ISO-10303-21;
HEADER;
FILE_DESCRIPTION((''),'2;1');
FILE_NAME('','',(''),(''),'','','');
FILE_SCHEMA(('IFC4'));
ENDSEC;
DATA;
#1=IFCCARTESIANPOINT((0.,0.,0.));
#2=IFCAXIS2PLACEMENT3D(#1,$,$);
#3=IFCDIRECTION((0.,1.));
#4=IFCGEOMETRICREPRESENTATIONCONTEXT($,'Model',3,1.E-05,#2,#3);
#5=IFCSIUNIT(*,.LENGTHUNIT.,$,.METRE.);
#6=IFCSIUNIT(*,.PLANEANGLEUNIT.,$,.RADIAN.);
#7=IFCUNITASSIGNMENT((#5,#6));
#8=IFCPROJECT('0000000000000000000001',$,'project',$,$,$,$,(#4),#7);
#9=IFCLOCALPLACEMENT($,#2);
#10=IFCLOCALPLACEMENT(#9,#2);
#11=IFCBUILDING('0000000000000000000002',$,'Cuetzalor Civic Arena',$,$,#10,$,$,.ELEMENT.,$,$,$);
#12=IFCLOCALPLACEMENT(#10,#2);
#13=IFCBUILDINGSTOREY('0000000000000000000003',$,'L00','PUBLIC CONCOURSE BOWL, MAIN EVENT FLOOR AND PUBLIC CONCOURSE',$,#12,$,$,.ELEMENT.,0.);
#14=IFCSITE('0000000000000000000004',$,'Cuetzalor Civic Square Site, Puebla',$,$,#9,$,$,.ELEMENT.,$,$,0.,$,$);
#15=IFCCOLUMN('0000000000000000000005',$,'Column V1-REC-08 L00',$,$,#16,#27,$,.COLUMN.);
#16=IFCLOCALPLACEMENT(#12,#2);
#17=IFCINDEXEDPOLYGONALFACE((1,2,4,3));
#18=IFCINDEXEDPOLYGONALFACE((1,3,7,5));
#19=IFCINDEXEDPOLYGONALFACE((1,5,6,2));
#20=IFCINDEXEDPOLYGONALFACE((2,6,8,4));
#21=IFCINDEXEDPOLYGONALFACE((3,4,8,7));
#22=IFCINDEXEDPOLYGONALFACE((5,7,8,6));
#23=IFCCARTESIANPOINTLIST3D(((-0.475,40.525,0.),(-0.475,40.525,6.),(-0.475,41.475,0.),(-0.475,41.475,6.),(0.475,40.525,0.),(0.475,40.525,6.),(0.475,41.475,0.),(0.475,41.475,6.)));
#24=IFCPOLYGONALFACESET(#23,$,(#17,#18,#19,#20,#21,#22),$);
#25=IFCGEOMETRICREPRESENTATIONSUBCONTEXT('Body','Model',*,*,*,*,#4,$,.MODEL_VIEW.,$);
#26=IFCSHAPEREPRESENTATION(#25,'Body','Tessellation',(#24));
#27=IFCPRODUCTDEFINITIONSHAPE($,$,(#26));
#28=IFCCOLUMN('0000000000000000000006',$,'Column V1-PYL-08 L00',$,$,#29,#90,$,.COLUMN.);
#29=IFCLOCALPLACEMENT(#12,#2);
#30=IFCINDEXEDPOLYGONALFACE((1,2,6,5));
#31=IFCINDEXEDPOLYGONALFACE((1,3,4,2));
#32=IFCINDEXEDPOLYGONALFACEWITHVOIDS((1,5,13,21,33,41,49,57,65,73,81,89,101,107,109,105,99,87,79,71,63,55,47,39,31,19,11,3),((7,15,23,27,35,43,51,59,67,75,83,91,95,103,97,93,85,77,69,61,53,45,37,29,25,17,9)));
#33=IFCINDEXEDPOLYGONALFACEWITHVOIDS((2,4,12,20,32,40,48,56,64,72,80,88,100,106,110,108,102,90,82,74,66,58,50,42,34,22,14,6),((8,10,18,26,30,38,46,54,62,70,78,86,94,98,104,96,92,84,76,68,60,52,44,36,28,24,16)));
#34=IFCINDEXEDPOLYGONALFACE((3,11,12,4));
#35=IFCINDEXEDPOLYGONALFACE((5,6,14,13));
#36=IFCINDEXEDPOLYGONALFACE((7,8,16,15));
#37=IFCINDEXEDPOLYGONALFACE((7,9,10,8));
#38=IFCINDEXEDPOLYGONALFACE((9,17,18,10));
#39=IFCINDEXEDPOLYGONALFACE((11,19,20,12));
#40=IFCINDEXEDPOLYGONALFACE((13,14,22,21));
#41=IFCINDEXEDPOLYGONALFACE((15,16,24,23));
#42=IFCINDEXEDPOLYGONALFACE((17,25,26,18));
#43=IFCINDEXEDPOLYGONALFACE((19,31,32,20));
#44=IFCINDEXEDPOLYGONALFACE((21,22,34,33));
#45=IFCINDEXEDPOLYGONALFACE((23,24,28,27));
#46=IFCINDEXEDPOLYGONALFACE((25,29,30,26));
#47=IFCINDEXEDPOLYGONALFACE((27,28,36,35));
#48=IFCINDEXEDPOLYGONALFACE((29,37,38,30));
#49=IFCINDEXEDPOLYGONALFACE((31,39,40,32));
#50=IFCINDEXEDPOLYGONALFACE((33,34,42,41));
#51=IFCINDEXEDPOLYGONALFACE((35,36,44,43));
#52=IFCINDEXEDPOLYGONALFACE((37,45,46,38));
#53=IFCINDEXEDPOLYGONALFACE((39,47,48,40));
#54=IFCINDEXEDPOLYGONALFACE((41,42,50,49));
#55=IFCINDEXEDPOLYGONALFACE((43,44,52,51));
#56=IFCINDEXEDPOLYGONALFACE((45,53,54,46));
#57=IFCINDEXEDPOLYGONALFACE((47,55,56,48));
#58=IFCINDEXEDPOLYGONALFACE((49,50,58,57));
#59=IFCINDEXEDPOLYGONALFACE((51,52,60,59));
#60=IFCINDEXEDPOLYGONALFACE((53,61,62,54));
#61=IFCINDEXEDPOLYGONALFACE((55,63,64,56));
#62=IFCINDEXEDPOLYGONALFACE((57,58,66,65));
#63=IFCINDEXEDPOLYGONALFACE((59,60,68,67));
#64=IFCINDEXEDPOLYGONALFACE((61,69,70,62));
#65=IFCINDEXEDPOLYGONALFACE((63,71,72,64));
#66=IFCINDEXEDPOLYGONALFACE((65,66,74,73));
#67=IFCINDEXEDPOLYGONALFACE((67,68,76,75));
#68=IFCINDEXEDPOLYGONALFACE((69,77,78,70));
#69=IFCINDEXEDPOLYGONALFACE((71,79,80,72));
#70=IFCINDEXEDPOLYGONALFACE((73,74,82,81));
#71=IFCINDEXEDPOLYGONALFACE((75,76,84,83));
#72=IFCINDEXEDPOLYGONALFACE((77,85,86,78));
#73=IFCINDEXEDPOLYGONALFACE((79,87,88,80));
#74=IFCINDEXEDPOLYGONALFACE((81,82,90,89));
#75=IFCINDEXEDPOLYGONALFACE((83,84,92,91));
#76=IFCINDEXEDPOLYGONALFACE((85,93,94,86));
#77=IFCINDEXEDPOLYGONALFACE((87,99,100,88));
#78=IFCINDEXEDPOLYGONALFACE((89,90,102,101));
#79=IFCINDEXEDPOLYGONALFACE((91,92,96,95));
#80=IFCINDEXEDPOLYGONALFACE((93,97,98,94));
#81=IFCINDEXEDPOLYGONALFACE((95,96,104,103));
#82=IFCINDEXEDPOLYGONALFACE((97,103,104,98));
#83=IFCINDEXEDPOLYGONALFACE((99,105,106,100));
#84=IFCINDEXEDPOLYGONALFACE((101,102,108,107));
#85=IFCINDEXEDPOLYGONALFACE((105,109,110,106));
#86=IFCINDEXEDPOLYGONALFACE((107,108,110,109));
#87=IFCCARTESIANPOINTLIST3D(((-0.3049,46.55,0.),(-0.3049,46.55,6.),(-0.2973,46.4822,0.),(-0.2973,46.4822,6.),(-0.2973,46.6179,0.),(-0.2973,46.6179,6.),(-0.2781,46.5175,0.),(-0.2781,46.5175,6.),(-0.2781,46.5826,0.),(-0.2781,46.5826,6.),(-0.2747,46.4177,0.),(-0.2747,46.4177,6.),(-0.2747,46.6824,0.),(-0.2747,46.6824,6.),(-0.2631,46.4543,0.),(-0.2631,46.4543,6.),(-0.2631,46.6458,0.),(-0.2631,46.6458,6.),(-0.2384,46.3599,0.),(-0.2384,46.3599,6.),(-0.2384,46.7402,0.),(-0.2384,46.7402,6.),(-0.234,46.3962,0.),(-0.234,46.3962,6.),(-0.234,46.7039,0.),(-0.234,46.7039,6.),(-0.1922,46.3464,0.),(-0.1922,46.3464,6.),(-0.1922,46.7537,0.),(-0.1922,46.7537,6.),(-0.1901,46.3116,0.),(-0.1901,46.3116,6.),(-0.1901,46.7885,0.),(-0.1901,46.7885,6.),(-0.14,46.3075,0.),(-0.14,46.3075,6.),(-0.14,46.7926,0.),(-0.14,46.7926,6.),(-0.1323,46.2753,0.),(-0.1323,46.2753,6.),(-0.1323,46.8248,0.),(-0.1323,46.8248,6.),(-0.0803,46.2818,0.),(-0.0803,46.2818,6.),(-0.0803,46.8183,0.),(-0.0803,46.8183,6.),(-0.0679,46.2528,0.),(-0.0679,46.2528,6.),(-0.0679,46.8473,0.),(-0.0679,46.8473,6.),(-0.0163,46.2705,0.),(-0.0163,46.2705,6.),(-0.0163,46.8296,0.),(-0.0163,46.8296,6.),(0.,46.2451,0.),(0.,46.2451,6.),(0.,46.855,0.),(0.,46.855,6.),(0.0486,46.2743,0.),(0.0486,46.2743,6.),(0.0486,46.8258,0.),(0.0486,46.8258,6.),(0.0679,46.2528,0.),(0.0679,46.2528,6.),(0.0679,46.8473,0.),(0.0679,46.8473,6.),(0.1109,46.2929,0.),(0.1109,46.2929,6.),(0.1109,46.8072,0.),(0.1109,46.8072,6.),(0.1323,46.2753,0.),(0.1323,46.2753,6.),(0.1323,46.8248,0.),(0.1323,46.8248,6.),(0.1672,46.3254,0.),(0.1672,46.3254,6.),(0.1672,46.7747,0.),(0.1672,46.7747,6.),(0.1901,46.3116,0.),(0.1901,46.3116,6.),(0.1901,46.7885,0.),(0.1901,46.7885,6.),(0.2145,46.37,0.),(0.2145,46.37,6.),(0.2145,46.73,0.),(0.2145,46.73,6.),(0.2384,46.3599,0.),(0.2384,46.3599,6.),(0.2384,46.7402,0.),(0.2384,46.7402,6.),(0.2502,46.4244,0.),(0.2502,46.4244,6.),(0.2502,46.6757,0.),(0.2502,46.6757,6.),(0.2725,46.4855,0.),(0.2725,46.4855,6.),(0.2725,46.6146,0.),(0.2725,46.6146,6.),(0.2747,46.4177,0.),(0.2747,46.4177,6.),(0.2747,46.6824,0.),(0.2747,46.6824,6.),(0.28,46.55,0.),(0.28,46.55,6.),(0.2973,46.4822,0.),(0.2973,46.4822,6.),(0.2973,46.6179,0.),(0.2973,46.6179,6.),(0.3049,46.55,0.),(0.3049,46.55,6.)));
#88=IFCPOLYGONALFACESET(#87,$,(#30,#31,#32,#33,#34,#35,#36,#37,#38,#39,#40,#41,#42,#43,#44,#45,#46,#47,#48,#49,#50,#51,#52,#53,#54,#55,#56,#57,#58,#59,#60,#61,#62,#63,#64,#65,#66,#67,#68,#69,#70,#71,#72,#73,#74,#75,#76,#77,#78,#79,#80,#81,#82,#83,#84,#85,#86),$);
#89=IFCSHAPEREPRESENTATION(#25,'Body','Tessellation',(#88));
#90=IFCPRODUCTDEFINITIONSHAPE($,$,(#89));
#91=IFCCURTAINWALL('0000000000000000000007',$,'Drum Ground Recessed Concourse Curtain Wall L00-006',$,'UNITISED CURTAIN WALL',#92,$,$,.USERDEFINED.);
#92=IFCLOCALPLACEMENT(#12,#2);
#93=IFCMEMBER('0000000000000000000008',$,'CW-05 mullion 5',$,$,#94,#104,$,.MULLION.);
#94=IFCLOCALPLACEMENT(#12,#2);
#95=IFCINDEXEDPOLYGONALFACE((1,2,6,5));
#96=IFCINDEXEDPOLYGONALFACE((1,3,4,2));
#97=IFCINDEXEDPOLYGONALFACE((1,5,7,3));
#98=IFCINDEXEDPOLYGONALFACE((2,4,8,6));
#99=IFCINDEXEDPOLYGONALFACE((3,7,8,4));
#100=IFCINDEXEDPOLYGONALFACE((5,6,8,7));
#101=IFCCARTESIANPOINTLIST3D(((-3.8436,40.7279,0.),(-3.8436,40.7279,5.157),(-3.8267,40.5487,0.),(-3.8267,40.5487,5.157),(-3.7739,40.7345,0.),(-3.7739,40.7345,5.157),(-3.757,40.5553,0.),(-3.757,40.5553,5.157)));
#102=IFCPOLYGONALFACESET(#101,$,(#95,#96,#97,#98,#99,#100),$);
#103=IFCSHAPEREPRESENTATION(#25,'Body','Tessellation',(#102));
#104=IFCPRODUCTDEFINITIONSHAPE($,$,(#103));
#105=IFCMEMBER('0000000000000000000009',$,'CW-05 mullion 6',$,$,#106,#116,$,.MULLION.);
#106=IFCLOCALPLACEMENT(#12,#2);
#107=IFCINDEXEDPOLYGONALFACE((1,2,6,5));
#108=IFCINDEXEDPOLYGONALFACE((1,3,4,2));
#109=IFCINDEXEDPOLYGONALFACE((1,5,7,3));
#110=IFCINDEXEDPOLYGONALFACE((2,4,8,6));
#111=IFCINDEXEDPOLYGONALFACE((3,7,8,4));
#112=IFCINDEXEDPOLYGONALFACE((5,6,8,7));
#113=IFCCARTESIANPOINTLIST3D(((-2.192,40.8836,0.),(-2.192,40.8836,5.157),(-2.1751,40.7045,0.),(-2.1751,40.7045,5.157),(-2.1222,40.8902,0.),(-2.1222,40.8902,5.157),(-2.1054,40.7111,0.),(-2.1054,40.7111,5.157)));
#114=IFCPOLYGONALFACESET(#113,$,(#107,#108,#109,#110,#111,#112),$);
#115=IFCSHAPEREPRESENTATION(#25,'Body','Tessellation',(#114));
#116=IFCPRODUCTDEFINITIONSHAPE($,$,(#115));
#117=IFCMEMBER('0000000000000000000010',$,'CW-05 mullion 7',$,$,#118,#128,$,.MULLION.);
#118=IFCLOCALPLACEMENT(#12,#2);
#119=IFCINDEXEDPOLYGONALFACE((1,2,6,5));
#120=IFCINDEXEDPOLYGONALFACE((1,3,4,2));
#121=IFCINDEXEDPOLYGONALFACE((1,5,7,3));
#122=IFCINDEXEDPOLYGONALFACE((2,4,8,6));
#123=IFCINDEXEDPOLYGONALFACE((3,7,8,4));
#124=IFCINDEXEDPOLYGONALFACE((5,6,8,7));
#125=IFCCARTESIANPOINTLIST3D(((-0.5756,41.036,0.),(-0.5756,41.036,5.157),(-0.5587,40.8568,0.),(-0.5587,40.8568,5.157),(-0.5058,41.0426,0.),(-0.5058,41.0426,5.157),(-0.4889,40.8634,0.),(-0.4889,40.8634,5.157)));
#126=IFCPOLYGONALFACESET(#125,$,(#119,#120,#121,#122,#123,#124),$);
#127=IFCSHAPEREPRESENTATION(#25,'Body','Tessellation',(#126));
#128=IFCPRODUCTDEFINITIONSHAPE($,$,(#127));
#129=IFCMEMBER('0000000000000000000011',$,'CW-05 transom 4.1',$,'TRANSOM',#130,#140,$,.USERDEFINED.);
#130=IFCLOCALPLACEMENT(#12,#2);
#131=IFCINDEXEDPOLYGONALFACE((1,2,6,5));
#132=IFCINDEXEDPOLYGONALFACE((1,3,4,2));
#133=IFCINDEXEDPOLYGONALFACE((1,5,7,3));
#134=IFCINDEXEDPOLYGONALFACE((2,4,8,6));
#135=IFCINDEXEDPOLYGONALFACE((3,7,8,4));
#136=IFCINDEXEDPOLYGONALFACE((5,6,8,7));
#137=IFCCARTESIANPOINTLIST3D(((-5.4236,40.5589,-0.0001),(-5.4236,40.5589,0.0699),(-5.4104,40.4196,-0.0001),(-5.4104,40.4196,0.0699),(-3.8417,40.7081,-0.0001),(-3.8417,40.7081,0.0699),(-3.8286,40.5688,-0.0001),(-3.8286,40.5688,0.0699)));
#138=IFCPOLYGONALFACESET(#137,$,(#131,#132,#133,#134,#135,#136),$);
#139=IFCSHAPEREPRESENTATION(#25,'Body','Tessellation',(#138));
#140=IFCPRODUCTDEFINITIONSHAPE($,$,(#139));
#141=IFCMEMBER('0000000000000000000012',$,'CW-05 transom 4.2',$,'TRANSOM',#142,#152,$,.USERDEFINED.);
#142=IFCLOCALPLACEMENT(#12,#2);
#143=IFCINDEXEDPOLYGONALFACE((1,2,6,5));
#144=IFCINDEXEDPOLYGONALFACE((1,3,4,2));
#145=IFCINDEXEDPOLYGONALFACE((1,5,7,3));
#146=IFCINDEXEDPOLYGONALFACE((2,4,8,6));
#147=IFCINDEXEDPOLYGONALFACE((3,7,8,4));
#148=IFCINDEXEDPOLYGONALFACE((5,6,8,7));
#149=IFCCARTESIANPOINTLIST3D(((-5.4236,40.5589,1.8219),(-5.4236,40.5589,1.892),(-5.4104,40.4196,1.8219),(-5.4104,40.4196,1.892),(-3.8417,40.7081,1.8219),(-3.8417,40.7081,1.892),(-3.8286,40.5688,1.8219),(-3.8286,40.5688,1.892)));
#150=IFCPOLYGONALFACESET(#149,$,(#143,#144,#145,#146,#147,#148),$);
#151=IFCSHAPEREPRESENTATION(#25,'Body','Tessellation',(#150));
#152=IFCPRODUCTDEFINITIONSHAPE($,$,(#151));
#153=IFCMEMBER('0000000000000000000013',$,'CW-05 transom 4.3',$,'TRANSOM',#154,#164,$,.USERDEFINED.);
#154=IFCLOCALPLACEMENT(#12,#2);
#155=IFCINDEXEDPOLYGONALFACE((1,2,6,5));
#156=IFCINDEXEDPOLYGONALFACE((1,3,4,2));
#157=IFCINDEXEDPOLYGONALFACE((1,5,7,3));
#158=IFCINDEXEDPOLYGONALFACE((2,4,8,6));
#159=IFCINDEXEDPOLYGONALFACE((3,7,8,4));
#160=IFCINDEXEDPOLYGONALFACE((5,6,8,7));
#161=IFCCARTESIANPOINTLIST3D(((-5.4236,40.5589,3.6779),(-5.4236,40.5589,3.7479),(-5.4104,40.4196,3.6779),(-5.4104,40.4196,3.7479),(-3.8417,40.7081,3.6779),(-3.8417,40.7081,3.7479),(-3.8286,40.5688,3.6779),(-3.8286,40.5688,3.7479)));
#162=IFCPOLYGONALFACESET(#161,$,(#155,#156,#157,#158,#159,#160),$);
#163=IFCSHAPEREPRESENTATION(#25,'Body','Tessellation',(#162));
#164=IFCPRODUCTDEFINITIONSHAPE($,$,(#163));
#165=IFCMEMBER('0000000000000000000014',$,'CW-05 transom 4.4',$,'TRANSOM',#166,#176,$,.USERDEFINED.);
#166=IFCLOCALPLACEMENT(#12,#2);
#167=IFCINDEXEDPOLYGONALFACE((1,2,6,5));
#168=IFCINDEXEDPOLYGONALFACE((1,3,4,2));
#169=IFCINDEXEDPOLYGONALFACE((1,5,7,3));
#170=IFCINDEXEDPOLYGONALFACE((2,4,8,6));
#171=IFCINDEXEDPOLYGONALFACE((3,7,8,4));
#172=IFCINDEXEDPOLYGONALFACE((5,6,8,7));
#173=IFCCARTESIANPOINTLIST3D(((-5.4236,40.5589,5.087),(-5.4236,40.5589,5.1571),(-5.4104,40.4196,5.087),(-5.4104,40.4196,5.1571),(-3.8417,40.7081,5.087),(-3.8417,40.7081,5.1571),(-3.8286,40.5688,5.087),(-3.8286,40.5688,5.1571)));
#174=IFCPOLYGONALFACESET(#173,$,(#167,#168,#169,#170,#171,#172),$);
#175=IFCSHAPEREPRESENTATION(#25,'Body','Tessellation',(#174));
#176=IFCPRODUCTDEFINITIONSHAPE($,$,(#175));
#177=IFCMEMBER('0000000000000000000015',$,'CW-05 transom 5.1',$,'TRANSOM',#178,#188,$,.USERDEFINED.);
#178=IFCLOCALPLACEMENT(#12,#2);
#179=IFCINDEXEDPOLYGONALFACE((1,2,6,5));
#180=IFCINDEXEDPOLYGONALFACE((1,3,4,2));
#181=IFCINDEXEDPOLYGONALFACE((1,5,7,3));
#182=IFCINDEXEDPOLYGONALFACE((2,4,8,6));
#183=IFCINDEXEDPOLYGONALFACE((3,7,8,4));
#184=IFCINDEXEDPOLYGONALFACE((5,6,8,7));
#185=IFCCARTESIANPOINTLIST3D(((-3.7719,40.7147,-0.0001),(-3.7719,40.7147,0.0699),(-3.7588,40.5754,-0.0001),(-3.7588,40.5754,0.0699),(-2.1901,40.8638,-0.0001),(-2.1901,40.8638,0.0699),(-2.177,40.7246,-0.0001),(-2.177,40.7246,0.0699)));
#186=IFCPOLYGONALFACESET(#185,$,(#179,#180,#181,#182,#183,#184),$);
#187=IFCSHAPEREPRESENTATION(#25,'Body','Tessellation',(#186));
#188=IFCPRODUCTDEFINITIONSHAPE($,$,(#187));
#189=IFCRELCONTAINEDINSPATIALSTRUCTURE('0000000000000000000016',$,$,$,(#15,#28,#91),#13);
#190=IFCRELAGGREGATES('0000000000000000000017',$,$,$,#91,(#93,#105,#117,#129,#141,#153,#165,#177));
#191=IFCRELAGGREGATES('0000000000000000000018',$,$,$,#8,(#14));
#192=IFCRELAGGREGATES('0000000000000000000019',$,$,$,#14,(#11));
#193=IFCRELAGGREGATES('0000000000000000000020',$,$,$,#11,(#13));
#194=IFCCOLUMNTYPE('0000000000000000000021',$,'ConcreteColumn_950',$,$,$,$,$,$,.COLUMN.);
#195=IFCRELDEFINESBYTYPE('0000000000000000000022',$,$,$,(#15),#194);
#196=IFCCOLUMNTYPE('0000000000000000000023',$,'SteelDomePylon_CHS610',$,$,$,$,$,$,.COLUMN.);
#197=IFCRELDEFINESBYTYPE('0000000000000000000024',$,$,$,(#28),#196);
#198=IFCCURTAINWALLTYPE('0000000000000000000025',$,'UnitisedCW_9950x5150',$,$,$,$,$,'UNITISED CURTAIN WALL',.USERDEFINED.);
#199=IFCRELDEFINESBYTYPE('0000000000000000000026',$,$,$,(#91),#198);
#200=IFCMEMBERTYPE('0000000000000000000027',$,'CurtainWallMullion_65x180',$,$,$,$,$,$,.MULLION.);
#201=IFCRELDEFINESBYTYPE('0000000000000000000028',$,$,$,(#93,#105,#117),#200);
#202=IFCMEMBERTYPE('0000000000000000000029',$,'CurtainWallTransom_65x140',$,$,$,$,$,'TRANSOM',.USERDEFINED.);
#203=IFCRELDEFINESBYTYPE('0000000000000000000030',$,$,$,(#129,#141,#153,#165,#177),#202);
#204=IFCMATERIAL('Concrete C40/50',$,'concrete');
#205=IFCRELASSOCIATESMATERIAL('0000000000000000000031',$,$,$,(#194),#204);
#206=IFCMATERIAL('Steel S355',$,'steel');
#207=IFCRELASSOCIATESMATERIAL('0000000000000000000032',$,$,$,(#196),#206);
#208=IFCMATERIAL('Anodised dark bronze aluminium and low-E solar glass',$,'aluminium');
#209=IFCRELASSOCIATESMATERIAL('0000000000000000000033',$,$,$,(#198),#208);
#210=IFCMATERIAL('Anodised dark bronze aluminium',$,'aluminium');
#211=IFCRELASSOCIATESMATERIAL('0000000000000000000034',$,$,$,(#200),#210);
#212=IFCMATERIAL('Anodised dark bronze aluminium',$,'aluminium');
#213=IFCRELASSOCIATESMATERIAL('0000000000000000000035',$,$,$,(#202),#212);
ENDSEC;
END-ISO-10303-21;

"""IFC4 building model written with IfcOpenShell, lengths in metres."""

from ifc_helpers import new_model, si_unit, direction, frame, origin, origin_2d, place, context, subcontext, project, spatial, rectangle, hollow_circle, extrude, material, material_profile, profile_set, type_object, element, aggregate, save


model = new_model("IFC4")

# Units and contexts
model_context = context("Model", 3, precision=1e-05, world=origin(), true_north=direction((0.0, 1.0)))
body_context = subcontext(model_context, "Body", "Model", "MODEL_VIEW")
ifc_project = project(units=[si_unit("LENGTHUNIT", "METRE"), si_unit("PLANEANGLEUNIT", "RADIAN")], contexts=[model_context])

# Site, building, storey
site_placement = place(None, origin())
site = spatial("IfcSite", under=ifc_project, at=site_placement, Name="Cuetzalor Civic Square Site, Puebla", CompositionType="ELEMENT", RefElevation=0.0)
building_placement = place(site_placement, origin())
building = spatial("IfcBuilding", under=site, at=building_placement, Name="Cuetzalor Civic Arena", CompositionType="ELEMENT")
storey_placement = place(building_placement, origin())
storey = spatial("IfcBuildingStorey", under=building, at=storey_placement, Name="L00", Description="PUBLIC CONCOURSE BOWL, MAIN EVENT FLOOR AND PUBLIC CONCOURSE", CompositionType="ELEMENT", Elevation=0.0)

# Columns
ifc_material_1 = material(Name="Concrete C40/50", Category="concrete")
ifc_material_profile_1 = material_profile(ifc_material_1, rectangle(XDim=0.95, YDim=0.95, at=origin_2d()), Name="RC 950x950")
ifc_profile_set_1 = profile_set([ifc_material_profile_1], Name="Concrete C40/50")
column_type_1 = type_object("IfcColumnType", Name="ConcreteColumn_950", PredefinedType="COLUMN", material=ifc_profile_set_1)
column_1_placement = place(storey_placement, frame((0.0, 41.0, 0.0), z_axis=(0.0, 0.0, 1.0), x_axis=(1.0, 0.0, 0.0)))
element("IfcColumn", 1, at=column_1_placement, inside=storey, type_object=column_type_1, Name="Column V1-REC-08 L00", PredefinedType="COLUMN", context=body_context, shape_type="SweptSolid", body=[
    extrude(rectangle(XDim=0.95, YDim=0.95, at=origin_2d()), origin(), (0.0, 0.0, 1.0), 6.0),
])
ifc_material_2 = material(Name="Steel S355", Category="steel")
ifc_material_profile_2 = material_profile(ifc_material_2, hollow_circle(Radius=0.3049, WallThickness=0.0249, at=origin_2d()), Name="CHS 610x25")
ifc_profile_set_2 = profile_set([ifc_material_profile_2], Name="Steel S355")
column_type_2 = type_object("IfcColumnType", Name="SteelDomePylon_CHS610", PredefinedType="COLUMN", material=ifc_profile_set_2)
column_2_placement = place(storey_placement, frame((0.0, 46.55, 0.0), z_axis=(0.0, 0.0, 1.0), x_axis=(1.0, 0.0, 0.0)))
element("IfcColumn", 2, at=column_2_placement, inside=storey, type_object=column_type_2, Name="Column V1-PYL-08 L00", PredefinedType="COLUMN", context=body_context, shape_type="SweptSolid", body=[
    extrude(hollow_circle(Radius=0.3049, WallThickness=0.0249, at=origin_2d()), origin(), (0.0, 0.0, 1.0), 6.0),
])

# Curtain wall, members
ifc_material_3 = material(Name="Anodised dark bronze aluminium and low-E solar glass", Category="aluminium")
curtain_wall_type = type_object("IfcCurtainWallType", Name="UnitisedCW_9950x5150", ElementType="UNITISED CURTAIN WALL", PredefinedType="USERDEFINED", material=ifc_material_3)
curtain_wall_placement = place(storey_placement, origin())
curtain_wall = element("IfcCurtainWall", 3, at=curtain_wall_placement, inside=storey, type_object=curtain_wall_type, Name="Drum Ground Recessed Concourse Curtain Wall L00-006", ObjectType="UNITISED CURTAIN WALL", PredefinedType="USERDEFINED")
ifc_material_4 = material(Name="Anodised dark bronze aluminium", Category="aluminium")
ifc_material_profile_3 = material_profile(ifc_material_4, rectangle(XDim=0.0701, YDim=0.1799, at=origin_2d()), Name="ALU MULLION 70x180")
ifc_profile_set_3 = profile_set([ifc_material_profile_3], Name="Anodised dark bronze aluminium")
member_type_1 = type_object("IfcMemberType", Name="CurtainWallMullion_65x180", PredefinedType="MULLION", material=ifc_profile_set_3)
member_1_placement = place(storey_placement, frame((-3.8003, 40.6416, 0.0), z_axis=(0.0, 0.0, 1.0), x_axis=(0.995585, 0.093863, 0.0)))
member_1 = element("IfcMember", 4, at=member_1_placement, type_object=member_type_1, Name="CW-05 mullion 5", PredefinedType="MULLION", context=body_context, shape_type="SweptSolid", body=[
    extrude(rectangle(XDim=0.0701, YDim=0.1799, at=origin_2d()), origin(), (0.0, 0.0, 1.0), 5.157),
])
member_2_placement = place(storey_placement, frame((-2.1487, 40.7974, 0.0), z_axis=(0.0, 0.0, 1.0), x_axis=(0.995585, 0.093863, 0.0)))
member_2 = element("IfcMember", 5, at=member_2_placement, type_object=member_type_1, Name="CW-05 mullion 6", PredefinedType="MULLION", context=body_context, shape_type="SweptSolid", body=[
    extrude(rectangle(XDim=0.0701, YDim=0.1799, at=origin_2d()), origin(), (0.0, 0.0, 1.0), 5.157),
])
member_3_placement = place(storey_placement, frame((-0.5322, 40.9497, 0.0), z_axis=(0.0, 0.0, 1.0), x_axis=(0.995585, 0.093863, 0.0)))
member_3 = element("IfcMember", 6, at=member_3_placement, type_object=member_type_1, Name="CW-05 mullion 7", PredefinedType="MULLION", context=body_context, shape_type="SweptSolid", body=[
    extrude(rectangle(XDim=0.0701, YDim=0.1799, at=origin_2d()), origin(), (0.0, 0.0, 1.0), 5.157),
])
ifc_material_5 = material(Name="Anodised dark bronze aluminium", Category="aluminium")
ifc_material_profile_4 = material_profile(ifc_material_5, rectangle(XDim=0.1399, YDim=0.0701, at=origin_2d()), Name="ALU TRANSOM 70x140")
ifc_profile_set_4 = profile_set([ifc_material_profile_4], Name="Anodised dark bronze aluminium")
member_type_2 = type_object("IfcMemberType", Name="CurtainWallTransom_65x140", ElementType="TRANSOM", PredefinedType="USERDEFINED", material=ifc_profile_set_4)
member_4_placement = place(storey_placement, frame((-5.417, 40.4893, 0.0349), z_axis=(0.995583, 0.093888, 0.0), x_axis=(-0.093888, 0.995583, 0.0)))
member_4 = element("IfcMember", 7, at=member_4_placement, type_object=member_type_2, Name="CW-05 transom 4.1", ObjectType="TRANSOM", PredefinedType="USERDEFINED", context=body_context, shape_type="SweptSolid", body=[
    extrude(rectangle(XDim=0.1399, YDim=0.0701, at=origin_2d()), origin(), (0.0, 0.0, 1.0), 1.5889),
])
member_5_placement = place(storey_placement, frame((-5.417, 40.4893, 1.8569), z_axis=(0.995583, 0.093888, 0.0), x_axis=(-0.093888, 0.995583, 0.0)))
member_5 = element("IfcMember", 8, at=member_5_placement, type_object=member_type_2, Name="CW-05 transom 4.2", ObjectType="TRANSOM", PredefinedType="USERDEFINED", context=body_context, shape_type="SweptSolid", body=[
    extrude(rectangle(XDim=0.1399, YDim=0.0701, at=origin_2d()), origin(), (0.0, 0.0, 1.0), 1.5889),
])
member_6_placement = place(storey_placement, frame((-5.417, 40.4893, 3.7129), z_axis=(0.995583, 0.093888, 0.0), x_axis=(-0.093888, 0.995583, 0.0)))
member_6 = element("IfcMember", 9, at=member_6_placement, type_object=member_type_2, Name="CW-05 transom 4.3", ObjectType="TRANSOM", PredefinedType="USERDEFINED", context=body_context, shape_type="SweptSolid", body=[
    extrude(rectangle(XDim=0.1399, YDim=0.0701, at=origin_2d()), origin(), (0.0, 0.0, 1.0), 1.5889),
])
member_7_placement = place(storey_placement, frame((-5.417, 40.4893, 5.1221), z_axis=(0.995583, 0.093888, 0.0), x_axis=(-0.093888, 0.995583, 0.0)))
member_7 = element("IfcMember", 10, at=member_7_placement, type_object=member_type_2, Name="CW-05 transom 4.4", ObjectType="TRANSOM", PredefinedType="USERDEFINED", context=body_context, shape_type="SweptSolid", body=[
    extrude(rectangle(XDim=0.1399, YDim=0.0701, at=origin_2d()), origin(), (0.0, 0.0, 1.0), 1.5889),
])
member_8_placement = place(storey_placement, frame((-3.7654, 40.645, 0.0349), z_axis=(0.995583, 0.093888, 0.0), x_axis=(-0.093888, 0.995583, 0.0)))
member_8 = element("IfcMember", 11, at=member_8_placement, type_object=member_type_2, Name="CW-05 transom 5.1", ObjectType="TRANSOM", PredefinedType="USERDEFINED", context=body_context, shape_type="SweptSolid", body=[
    extrude(rectangle(XDim=0.1399, YDim=0.0701, at=origin_2d()), origin(), (0.0, 0.0, 1.0), 1.5889),
])

aggregate(curtain_wall, [member_1, member_2, member_3, member_4, member_5, member_6, member_7, member_8])

save(model, "model.ifc")
